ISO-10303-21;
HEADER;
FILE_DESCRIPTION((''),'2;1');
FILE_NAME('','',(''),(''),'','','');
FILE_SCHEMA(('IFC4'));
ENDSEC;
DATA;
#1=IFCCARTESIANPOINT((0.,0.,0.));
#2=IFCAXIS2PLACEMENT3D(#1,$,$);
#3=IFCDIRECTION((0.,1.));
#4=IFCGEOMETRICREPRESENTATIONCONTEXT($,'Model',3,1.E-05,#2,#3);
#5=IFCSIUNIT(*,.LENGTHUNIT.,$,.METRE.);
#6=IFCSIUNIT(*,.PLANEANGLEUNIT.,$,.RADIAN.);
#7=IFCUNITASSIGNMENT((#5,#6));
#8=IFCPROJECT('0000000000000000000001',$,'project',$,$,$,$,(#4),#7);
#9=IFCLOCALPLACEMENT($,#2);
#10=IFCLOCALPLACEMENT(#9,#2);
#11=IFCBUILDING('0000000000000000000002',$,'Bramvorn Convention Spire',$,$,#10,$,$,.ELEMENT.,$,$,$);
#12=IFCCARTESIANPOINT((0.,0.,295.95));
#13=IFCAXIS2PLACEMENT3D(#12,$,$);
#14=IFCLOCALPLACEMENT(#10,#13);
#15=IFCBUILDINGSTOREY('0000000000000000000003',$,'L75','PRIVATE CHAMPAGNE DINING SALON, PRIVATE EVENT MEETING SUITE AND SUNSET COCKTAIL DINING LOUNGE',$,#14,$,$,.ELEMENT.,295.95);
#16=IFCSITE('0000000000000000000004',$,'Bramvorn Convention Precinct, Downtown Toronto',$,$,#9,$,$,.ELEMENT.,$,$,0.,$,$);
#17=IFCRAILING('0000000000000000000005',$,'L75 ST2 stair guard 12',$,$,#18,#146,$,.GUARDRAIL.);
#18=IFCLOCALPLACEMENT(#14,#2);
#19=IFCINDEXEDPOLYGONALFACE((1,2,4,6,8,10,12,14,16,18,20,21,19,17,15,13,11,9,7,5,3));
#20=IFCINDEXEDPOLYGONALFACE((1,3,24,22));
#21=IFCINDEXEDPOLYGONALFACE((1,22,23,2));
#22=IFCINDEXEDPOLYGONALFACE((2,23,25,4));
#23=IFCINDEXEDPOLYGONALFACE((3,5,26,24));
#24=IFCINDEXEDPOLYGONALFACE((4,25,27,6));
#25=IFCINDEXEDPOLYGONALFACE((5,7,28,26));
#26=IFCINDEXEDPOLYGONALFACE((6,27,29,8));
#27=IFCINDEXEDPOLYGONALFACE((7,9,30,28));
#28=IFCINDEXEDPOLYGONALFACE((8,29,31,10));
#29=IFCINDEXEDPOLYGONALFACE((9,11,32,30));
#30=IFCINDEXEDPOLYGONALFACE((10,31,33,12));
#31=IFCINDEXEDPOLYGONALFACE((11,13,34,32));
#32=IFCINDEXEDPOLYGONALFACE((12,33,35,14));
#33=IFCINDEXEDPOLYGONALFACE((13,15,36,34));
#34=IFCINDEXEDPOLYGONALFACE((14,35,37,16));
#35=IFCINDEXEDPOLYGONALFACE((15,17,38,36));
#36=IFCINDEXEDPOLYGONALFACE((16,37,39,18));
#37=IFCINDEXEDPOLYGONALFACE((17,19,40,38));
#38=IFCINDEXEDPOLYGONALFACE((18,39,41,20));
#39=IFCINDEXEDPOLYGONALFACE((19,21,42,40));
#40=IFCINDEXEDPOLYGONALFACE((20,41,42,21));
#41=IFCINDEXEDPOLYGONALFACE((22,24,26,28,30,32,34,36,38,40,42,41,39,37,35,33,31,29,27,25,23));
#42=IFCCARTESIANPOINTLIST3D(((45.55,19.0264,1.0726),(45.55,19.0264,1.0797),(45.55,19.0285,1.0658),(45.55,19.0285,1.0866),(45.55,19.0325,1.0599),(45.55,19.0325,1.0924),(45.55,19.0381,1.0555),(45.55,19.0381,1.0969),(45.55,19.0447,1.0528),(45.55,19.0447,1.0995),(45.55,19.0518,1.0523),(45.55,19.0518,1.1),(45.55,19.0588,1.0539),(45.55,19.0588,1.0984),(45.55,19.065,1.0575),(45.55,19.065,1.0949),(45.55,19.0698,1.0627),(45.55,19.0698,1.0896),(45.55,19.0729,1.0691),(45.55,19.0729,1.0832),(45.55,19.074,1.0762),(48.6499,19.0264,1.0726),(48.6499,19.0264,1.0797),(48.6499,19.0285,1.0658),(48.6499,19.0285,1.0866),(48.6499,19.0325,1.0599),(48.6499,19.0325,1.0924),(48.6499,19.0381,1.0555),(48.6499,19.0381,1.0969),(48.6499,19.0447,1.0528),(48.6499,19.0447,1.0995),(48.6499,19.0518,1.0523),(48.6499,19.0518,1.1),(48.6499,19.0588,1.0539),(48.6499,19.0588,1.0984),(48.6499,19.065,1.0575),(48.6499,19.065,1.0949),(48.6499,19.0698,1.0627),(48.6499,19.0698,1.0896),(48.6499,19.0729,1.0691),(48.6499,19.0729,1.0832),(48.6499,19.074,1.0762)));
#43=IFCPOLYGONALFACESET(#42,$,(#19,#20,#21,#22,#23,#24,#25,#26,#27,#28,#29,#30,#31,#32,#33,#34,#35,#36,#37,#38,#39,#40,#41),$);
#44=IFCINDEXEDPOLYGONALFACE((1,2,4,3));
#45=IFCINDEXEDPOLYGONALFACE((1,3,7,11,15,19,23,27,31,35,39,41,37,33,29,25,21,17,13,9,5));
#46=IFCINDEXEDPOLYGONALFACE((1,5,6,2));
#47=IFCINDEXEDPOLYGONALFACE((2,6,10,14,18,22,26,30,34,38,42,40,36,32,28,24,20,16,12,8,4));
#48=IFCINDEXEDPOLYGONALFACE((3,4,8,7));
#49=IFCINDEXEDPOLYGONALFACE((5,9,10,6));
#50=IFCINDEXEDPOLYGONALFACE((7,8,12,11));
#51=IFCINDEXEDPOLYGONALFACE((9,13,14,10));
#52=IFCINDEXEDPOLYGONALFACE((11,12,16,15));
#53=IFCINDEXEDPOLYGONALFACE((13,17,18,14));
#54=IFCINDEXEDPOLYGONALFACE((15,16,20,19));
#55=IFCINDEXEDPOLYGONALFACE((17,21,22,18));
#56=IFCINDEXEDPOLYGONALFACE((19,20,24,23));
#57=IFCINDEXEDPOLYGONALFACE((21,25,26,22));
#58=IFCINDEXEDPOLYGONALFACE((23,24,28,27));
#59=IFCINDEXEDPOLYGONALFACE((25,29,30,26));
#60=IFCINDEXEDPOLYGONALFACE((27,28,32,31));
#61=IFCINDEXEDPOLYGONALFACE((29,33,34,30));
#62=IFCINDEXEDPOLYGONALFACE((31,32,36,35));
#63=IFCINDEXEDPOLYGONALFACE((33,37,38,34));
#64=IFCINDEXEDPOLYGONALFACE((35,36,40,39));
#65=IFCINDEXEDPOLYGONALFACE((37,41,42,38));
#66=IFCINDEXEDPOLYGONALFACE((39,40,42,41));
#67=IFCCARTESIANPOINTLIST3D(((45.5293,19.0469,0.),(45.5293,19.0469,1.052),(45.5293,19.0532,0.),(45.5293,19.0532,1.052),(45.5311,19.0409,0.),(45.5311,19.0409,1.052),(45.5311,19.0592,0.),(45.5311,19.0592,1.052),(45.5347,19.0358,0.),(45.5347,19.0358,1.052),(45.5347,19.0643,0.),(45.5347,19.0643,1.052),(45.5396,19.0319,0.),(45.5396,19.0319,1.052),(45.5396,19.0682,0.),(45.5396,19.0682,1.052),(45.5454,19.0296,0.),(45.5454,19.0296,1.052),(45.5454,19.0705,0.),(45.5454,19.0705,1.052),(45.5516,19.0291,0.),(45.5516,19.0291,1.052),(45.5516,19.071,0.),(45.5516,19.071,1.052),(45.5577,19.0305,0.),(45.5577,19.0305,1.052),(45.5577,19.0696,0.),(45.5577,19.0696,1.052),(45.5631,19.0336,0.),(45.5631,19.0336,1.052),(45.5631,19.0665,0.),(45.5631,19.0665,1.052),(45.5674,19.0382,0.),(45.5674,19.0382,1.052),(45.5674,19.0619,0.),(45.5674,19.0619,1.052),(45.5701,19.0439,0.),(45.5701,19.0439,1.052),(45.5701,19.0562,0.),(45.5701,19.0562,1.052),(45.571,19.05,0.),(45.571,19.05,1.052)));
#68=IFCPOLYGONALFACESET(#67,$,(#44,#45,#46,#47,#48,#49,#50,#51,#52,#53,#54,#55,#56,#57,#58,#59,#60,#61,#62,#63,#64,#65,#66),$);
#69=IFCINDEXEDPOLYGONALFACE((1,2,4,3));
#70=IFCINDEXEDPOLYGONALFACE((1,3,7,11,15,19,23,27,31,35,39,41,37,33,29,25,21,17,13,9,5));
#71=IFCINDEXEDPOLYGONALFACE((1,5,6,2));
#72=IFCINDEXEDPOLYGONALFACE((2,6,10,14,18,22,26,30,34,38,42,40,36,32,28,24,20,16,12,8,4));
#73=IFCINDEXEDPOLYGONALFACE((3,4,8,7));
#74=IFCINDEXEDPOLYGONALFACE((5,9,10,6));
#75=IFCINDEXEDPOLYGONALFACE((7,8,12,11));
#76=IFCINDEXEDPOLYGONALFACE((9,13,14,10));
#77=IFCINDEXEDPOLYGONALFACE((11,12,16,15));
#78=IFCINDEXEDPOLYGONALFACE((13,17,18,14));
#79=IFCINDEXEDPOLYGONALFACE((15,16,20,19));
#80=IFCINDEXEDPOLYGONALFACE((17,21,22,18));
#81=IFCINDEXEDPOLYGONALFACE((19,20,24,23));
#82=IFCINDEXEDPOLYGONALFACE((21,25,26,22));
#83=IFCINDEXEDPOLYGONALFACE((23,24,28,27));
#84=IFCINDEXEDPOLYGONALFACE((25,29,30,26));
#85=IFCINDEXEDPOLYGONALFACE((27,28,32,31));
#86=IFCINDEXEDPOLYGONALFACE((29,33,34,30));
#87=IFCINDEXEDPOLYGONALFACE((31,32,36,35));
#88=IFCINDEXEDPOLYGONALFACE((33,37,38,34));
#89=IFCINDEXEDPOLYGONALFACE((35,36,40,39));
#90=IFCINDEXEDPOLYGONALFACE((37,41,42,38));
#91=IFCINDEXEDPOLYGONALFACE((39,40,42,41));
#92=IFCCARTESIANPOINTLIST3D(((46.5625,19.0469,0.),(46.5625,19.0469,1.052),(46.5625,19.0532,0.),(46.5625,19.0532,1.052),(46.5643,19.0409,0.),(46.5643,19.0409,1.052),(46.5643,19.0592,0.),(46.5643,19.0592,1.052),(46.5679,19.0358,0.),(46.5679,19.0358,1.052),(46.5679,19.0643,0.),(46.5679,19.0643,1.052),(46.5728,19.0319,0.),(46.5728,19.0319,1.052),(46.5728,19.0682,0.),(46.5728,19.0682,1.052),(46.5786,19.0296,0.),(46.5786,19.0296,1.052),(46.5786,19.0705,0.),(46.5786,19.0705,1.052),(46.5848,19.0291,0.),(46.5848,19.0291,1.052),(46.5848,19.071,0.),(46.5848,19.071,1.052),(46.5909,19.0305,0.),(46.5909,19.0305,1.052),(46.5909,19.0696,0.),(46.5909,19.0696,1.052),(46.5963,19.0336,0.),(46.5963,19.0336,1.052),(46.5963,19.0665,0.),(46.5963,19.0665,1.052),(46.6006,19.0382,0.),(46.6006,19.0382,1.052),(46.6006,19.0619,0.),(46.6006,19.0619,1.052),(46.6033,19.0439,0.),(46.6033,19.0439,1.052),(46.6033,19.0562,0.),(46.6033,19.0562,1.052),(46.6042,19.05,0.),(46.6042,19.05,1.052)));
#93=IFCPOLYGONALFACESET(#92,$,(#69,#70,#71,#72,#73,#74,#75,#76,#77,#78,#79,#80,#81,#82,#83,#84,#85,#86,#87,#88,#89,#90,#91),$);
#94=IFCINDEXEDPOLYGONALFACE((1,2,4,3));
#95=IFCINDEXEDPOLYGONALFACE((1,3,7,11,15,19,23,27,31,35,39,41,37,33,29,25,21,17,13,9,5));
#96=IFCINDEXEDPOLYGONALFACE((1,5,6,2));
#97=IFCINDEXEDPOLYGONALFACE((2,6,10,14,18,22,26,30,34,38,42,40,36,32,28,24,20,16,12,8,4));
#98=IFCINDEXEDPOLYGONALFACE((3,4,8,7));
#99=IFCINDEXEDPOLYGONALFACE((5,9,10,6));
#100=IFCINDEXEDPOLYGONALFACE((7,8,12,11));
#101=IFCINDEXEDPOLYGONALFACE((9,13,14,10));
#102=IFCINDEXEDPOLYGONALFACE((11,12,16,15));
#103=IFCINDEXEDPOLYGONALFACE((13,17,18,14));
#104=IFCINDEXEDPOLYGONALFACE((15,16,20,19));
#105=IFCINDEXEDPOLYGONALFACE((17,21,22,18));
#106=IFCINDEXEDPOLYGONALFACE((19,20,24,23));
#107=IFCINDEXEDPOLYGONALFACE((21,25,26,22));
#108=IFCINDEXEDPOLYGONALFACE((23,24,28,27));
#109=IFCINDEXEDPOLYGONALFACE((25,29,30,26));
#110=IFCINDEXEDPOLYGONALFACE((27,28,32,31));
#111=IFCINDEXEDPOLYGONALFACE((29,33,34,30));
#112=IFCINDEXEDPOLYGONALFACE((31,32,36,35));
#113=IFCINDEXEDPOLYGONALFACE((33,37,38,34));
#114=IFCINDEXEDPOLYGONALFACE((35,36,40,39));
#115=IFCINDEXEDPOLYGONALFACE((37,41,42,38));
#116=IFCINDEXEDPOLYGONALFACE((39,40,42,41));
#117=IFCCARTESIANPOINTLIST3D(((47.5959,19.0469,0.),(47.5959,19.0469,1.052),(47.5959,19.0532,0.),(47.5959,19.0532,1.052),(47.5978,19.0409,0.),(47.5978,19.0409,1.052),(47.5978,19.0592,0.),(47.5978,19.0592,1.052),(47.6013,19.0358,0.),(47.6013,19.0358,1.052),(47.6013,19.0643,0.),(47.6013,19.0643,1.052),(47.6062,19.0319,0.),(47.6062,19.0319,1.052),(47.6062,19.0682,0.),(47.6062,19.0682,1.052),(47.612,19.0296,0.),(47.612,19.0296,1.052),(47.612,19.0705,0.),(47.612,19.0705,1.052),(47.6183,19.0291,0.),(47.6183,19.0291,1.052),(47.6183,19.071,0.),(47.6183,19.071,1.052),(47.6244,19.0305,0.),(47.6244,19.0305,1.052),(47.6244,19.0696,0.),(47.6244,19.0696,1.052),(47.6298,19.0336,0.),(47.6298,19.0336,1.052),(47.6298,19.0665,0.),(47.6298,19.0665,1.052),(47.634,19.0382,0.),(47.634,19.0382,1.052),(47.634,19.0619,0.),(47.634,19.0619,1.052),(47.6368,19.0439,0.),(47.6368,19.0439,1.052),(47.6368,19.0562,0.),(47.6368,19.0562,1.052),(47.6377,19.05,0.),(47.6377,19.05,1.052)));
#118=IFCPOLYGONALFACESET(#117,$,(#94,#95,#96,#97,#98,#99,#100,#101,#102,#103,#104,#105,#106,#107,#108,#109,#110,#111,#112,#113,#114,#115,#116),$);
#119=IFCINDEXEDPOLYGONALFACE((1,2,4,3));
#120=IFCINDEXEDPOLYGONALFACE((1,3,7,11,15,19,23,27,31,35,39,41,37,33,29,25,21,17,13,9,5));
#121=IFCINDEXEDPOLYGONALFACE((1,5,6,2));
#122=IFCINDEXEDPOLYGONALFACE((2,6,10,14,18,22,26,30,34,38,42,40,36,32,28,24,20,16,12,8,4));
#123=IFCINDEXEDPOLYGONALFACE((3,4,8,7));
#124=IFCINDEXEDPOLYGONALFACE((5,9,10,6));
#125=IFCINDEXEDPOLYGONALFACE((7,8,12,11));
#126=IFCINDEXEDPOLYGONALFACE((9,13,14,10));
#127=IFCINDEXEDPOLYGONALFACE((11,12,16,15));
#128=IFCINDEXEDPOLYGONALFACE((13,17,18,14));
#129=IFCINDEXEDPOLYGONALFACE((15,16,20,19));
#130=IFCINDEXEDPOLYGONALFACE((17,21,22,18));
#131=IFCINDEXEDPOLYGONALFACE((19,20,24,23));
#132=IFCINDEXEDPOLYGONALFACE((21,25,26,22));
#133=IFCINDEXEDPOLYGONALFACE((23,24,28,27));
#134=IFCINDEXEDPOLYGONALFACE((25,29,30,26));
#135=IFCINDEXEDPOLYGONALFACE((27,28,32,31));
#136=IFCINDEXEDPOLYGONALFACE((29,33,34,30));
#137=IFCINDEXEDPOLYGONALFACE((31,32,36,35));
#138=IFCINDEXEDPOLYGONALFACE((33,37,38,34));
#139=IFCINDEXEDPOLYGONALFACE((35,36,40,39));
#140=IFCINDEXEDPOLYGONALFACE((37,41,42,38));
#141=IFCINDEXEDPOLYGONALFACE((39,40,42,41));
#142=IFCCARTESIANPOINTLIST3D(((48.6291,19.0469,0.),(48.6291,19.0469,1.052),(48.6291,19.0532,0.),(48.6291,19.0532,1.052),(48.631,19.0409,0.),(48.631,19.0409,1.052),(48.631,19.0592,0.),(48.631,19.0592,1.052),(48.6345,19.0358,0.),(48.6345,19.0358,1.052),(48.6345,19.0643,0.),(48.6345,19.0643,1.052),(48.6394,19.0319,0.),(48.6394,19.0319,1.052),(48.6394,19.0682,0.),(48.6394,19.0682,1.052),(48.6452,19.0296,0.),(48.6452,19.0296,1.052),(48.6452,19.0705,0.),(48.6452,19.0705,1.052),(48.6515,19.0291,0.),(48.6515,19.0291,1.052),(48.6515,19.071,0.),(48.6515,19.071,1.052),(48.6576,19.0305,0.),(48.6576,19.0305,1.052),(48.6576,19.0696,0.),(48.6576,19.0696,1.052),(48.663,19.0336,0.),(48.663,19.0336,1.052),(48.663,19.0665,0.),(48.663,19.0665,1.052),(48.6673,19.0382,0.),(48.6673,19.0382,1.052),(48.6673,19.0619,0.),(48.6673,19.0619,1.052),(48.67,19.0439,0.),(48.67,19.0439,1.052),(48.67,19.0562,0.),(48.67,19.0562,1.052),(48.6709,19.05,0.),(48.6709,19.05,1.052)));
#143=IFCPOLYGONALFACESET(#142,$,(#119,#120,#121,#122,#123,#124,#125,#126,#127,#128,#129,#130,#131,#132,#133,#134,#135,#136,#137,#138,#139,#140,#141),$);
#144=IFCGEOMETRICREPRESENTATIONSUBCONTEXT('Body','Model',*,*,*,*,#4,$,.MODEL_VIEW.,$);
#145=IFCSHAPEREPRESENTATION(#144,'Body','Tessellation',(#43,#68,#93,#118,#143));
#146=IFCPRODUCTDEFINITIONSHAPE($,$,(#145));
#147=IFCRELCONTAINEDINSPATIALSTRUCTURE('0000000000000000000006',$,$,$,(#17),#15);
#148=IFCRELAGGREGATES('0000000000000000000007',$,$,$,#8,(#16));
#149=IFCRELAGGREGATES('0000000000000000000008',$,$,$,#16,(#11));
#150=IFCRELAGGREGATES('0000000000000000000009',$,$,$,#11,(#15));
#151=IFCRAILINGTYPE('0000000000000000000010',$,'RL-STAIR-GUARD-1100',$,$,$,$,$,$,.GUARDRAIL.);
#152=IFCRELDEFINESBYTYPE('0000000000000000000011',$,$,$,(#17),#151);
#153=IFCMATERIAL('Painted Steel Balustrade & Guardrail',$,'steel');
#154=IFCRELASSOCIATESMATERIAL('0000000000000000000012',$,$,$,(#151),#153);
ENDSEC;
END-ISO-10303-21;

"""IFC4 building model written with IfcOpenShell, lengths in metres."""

from ifc_helpers import new_model, si_unit, direction, frame, origin, origin_2d, place, context, subcontext, project, spatial, circle, extrude, material, type_object, element, save


model = new_model("IFC4")

# Units and contexts
model_context = context("Model", 3, precision=1e-05, world=origin(), true_north=direction((0.0, 1.0)))
body_context = subcontext(model_context, "Body", "Model", "MODEL_VIEW")
ifc_project = project(units=[si_unit("LENGTHUNIT", "METRE"), si_unit("PLANEANGLEUNIT", "RADIAN")], contexts=[model_context])

# Site, building, storey
site_placement = place(None, origin())
site = spatial("IfcSite", under=ifc_project, at=site_placement, Name="Bramvorn Convention Precinct, Downtown Toronto", CompositionType="ELEMENT", RefElevation=0.0)
building_placement = place(site_placement, origin())
building = spatial("IfcBuilding", under=site, at=building_placement, Name="Bramvorn Convention Spire", CompositionType="ELEMENT")
storey_placement = place(building_placement, frame((0.0, 0.0, 295.95)))
storey = spatial("IfcBuildingStorey", under=building, at=storey_placement, Name="L75", Description="PRIVATE CHAMPAGNE DINING SALON, PRIVATE EVENT MEETING SUITE AND SUNSET COCKTAIL DINING LOUNGE", CompositionType="ELEMENT", Elevation=295.95)

# Railing
ifc_material_1 = material(Name="Painted Steel Balustrade & Guardrail", Category="steel")
railing_type = type_object("IfcRailingType", Name="RL-STAIR-GUARD-1100", PredefinedType="GUARDRAIL", material=ifc_material_1)
railing_1_placement = place(storey_placement, frame((45.55, 19.05, 0.0)))
element("IfcRailing", 1, at=railing_1_placement, inside=storey, type_object=railing_type, Name="L75 ST2 stair guard 12", PredefinedType="GUARDRAIL", context=body_context, shape_type="SweptSolid", body=[
    extrude(circle(Radius=0.0239, at=origin_2d()), frame((0.0, 0.0, 1.0762), z_axis=(1.0, 0.0, 0.0), x_axis=(0.0, 1.0, 0.0)), (0.0, 0.0, 1.0), 3.0999),
    extrude(circle(Radius=0.021, at=origin_2d()), origin(), (0.0, 0.0, 1.0), 1.052),
    extrude(circle(Radius=0.021, at=origin_2d()), frame((1.0332, 0.0, 0.0)), (0.0, 0.0, 1.0), 1.052),
    extrude(circle(Radius=0.021, at=origin_2d()), frame((2.0667, 0.0, 0.0)), (0.0, 0.0, 1.0), 1.052),
    extrude(circle(Radius=0.021, at=origin_2d()), frame((3.0999, 0.0, 0.0)), (0.0, 0.0, 1.0), 1.052),
])

save(model, "model.ifc")
